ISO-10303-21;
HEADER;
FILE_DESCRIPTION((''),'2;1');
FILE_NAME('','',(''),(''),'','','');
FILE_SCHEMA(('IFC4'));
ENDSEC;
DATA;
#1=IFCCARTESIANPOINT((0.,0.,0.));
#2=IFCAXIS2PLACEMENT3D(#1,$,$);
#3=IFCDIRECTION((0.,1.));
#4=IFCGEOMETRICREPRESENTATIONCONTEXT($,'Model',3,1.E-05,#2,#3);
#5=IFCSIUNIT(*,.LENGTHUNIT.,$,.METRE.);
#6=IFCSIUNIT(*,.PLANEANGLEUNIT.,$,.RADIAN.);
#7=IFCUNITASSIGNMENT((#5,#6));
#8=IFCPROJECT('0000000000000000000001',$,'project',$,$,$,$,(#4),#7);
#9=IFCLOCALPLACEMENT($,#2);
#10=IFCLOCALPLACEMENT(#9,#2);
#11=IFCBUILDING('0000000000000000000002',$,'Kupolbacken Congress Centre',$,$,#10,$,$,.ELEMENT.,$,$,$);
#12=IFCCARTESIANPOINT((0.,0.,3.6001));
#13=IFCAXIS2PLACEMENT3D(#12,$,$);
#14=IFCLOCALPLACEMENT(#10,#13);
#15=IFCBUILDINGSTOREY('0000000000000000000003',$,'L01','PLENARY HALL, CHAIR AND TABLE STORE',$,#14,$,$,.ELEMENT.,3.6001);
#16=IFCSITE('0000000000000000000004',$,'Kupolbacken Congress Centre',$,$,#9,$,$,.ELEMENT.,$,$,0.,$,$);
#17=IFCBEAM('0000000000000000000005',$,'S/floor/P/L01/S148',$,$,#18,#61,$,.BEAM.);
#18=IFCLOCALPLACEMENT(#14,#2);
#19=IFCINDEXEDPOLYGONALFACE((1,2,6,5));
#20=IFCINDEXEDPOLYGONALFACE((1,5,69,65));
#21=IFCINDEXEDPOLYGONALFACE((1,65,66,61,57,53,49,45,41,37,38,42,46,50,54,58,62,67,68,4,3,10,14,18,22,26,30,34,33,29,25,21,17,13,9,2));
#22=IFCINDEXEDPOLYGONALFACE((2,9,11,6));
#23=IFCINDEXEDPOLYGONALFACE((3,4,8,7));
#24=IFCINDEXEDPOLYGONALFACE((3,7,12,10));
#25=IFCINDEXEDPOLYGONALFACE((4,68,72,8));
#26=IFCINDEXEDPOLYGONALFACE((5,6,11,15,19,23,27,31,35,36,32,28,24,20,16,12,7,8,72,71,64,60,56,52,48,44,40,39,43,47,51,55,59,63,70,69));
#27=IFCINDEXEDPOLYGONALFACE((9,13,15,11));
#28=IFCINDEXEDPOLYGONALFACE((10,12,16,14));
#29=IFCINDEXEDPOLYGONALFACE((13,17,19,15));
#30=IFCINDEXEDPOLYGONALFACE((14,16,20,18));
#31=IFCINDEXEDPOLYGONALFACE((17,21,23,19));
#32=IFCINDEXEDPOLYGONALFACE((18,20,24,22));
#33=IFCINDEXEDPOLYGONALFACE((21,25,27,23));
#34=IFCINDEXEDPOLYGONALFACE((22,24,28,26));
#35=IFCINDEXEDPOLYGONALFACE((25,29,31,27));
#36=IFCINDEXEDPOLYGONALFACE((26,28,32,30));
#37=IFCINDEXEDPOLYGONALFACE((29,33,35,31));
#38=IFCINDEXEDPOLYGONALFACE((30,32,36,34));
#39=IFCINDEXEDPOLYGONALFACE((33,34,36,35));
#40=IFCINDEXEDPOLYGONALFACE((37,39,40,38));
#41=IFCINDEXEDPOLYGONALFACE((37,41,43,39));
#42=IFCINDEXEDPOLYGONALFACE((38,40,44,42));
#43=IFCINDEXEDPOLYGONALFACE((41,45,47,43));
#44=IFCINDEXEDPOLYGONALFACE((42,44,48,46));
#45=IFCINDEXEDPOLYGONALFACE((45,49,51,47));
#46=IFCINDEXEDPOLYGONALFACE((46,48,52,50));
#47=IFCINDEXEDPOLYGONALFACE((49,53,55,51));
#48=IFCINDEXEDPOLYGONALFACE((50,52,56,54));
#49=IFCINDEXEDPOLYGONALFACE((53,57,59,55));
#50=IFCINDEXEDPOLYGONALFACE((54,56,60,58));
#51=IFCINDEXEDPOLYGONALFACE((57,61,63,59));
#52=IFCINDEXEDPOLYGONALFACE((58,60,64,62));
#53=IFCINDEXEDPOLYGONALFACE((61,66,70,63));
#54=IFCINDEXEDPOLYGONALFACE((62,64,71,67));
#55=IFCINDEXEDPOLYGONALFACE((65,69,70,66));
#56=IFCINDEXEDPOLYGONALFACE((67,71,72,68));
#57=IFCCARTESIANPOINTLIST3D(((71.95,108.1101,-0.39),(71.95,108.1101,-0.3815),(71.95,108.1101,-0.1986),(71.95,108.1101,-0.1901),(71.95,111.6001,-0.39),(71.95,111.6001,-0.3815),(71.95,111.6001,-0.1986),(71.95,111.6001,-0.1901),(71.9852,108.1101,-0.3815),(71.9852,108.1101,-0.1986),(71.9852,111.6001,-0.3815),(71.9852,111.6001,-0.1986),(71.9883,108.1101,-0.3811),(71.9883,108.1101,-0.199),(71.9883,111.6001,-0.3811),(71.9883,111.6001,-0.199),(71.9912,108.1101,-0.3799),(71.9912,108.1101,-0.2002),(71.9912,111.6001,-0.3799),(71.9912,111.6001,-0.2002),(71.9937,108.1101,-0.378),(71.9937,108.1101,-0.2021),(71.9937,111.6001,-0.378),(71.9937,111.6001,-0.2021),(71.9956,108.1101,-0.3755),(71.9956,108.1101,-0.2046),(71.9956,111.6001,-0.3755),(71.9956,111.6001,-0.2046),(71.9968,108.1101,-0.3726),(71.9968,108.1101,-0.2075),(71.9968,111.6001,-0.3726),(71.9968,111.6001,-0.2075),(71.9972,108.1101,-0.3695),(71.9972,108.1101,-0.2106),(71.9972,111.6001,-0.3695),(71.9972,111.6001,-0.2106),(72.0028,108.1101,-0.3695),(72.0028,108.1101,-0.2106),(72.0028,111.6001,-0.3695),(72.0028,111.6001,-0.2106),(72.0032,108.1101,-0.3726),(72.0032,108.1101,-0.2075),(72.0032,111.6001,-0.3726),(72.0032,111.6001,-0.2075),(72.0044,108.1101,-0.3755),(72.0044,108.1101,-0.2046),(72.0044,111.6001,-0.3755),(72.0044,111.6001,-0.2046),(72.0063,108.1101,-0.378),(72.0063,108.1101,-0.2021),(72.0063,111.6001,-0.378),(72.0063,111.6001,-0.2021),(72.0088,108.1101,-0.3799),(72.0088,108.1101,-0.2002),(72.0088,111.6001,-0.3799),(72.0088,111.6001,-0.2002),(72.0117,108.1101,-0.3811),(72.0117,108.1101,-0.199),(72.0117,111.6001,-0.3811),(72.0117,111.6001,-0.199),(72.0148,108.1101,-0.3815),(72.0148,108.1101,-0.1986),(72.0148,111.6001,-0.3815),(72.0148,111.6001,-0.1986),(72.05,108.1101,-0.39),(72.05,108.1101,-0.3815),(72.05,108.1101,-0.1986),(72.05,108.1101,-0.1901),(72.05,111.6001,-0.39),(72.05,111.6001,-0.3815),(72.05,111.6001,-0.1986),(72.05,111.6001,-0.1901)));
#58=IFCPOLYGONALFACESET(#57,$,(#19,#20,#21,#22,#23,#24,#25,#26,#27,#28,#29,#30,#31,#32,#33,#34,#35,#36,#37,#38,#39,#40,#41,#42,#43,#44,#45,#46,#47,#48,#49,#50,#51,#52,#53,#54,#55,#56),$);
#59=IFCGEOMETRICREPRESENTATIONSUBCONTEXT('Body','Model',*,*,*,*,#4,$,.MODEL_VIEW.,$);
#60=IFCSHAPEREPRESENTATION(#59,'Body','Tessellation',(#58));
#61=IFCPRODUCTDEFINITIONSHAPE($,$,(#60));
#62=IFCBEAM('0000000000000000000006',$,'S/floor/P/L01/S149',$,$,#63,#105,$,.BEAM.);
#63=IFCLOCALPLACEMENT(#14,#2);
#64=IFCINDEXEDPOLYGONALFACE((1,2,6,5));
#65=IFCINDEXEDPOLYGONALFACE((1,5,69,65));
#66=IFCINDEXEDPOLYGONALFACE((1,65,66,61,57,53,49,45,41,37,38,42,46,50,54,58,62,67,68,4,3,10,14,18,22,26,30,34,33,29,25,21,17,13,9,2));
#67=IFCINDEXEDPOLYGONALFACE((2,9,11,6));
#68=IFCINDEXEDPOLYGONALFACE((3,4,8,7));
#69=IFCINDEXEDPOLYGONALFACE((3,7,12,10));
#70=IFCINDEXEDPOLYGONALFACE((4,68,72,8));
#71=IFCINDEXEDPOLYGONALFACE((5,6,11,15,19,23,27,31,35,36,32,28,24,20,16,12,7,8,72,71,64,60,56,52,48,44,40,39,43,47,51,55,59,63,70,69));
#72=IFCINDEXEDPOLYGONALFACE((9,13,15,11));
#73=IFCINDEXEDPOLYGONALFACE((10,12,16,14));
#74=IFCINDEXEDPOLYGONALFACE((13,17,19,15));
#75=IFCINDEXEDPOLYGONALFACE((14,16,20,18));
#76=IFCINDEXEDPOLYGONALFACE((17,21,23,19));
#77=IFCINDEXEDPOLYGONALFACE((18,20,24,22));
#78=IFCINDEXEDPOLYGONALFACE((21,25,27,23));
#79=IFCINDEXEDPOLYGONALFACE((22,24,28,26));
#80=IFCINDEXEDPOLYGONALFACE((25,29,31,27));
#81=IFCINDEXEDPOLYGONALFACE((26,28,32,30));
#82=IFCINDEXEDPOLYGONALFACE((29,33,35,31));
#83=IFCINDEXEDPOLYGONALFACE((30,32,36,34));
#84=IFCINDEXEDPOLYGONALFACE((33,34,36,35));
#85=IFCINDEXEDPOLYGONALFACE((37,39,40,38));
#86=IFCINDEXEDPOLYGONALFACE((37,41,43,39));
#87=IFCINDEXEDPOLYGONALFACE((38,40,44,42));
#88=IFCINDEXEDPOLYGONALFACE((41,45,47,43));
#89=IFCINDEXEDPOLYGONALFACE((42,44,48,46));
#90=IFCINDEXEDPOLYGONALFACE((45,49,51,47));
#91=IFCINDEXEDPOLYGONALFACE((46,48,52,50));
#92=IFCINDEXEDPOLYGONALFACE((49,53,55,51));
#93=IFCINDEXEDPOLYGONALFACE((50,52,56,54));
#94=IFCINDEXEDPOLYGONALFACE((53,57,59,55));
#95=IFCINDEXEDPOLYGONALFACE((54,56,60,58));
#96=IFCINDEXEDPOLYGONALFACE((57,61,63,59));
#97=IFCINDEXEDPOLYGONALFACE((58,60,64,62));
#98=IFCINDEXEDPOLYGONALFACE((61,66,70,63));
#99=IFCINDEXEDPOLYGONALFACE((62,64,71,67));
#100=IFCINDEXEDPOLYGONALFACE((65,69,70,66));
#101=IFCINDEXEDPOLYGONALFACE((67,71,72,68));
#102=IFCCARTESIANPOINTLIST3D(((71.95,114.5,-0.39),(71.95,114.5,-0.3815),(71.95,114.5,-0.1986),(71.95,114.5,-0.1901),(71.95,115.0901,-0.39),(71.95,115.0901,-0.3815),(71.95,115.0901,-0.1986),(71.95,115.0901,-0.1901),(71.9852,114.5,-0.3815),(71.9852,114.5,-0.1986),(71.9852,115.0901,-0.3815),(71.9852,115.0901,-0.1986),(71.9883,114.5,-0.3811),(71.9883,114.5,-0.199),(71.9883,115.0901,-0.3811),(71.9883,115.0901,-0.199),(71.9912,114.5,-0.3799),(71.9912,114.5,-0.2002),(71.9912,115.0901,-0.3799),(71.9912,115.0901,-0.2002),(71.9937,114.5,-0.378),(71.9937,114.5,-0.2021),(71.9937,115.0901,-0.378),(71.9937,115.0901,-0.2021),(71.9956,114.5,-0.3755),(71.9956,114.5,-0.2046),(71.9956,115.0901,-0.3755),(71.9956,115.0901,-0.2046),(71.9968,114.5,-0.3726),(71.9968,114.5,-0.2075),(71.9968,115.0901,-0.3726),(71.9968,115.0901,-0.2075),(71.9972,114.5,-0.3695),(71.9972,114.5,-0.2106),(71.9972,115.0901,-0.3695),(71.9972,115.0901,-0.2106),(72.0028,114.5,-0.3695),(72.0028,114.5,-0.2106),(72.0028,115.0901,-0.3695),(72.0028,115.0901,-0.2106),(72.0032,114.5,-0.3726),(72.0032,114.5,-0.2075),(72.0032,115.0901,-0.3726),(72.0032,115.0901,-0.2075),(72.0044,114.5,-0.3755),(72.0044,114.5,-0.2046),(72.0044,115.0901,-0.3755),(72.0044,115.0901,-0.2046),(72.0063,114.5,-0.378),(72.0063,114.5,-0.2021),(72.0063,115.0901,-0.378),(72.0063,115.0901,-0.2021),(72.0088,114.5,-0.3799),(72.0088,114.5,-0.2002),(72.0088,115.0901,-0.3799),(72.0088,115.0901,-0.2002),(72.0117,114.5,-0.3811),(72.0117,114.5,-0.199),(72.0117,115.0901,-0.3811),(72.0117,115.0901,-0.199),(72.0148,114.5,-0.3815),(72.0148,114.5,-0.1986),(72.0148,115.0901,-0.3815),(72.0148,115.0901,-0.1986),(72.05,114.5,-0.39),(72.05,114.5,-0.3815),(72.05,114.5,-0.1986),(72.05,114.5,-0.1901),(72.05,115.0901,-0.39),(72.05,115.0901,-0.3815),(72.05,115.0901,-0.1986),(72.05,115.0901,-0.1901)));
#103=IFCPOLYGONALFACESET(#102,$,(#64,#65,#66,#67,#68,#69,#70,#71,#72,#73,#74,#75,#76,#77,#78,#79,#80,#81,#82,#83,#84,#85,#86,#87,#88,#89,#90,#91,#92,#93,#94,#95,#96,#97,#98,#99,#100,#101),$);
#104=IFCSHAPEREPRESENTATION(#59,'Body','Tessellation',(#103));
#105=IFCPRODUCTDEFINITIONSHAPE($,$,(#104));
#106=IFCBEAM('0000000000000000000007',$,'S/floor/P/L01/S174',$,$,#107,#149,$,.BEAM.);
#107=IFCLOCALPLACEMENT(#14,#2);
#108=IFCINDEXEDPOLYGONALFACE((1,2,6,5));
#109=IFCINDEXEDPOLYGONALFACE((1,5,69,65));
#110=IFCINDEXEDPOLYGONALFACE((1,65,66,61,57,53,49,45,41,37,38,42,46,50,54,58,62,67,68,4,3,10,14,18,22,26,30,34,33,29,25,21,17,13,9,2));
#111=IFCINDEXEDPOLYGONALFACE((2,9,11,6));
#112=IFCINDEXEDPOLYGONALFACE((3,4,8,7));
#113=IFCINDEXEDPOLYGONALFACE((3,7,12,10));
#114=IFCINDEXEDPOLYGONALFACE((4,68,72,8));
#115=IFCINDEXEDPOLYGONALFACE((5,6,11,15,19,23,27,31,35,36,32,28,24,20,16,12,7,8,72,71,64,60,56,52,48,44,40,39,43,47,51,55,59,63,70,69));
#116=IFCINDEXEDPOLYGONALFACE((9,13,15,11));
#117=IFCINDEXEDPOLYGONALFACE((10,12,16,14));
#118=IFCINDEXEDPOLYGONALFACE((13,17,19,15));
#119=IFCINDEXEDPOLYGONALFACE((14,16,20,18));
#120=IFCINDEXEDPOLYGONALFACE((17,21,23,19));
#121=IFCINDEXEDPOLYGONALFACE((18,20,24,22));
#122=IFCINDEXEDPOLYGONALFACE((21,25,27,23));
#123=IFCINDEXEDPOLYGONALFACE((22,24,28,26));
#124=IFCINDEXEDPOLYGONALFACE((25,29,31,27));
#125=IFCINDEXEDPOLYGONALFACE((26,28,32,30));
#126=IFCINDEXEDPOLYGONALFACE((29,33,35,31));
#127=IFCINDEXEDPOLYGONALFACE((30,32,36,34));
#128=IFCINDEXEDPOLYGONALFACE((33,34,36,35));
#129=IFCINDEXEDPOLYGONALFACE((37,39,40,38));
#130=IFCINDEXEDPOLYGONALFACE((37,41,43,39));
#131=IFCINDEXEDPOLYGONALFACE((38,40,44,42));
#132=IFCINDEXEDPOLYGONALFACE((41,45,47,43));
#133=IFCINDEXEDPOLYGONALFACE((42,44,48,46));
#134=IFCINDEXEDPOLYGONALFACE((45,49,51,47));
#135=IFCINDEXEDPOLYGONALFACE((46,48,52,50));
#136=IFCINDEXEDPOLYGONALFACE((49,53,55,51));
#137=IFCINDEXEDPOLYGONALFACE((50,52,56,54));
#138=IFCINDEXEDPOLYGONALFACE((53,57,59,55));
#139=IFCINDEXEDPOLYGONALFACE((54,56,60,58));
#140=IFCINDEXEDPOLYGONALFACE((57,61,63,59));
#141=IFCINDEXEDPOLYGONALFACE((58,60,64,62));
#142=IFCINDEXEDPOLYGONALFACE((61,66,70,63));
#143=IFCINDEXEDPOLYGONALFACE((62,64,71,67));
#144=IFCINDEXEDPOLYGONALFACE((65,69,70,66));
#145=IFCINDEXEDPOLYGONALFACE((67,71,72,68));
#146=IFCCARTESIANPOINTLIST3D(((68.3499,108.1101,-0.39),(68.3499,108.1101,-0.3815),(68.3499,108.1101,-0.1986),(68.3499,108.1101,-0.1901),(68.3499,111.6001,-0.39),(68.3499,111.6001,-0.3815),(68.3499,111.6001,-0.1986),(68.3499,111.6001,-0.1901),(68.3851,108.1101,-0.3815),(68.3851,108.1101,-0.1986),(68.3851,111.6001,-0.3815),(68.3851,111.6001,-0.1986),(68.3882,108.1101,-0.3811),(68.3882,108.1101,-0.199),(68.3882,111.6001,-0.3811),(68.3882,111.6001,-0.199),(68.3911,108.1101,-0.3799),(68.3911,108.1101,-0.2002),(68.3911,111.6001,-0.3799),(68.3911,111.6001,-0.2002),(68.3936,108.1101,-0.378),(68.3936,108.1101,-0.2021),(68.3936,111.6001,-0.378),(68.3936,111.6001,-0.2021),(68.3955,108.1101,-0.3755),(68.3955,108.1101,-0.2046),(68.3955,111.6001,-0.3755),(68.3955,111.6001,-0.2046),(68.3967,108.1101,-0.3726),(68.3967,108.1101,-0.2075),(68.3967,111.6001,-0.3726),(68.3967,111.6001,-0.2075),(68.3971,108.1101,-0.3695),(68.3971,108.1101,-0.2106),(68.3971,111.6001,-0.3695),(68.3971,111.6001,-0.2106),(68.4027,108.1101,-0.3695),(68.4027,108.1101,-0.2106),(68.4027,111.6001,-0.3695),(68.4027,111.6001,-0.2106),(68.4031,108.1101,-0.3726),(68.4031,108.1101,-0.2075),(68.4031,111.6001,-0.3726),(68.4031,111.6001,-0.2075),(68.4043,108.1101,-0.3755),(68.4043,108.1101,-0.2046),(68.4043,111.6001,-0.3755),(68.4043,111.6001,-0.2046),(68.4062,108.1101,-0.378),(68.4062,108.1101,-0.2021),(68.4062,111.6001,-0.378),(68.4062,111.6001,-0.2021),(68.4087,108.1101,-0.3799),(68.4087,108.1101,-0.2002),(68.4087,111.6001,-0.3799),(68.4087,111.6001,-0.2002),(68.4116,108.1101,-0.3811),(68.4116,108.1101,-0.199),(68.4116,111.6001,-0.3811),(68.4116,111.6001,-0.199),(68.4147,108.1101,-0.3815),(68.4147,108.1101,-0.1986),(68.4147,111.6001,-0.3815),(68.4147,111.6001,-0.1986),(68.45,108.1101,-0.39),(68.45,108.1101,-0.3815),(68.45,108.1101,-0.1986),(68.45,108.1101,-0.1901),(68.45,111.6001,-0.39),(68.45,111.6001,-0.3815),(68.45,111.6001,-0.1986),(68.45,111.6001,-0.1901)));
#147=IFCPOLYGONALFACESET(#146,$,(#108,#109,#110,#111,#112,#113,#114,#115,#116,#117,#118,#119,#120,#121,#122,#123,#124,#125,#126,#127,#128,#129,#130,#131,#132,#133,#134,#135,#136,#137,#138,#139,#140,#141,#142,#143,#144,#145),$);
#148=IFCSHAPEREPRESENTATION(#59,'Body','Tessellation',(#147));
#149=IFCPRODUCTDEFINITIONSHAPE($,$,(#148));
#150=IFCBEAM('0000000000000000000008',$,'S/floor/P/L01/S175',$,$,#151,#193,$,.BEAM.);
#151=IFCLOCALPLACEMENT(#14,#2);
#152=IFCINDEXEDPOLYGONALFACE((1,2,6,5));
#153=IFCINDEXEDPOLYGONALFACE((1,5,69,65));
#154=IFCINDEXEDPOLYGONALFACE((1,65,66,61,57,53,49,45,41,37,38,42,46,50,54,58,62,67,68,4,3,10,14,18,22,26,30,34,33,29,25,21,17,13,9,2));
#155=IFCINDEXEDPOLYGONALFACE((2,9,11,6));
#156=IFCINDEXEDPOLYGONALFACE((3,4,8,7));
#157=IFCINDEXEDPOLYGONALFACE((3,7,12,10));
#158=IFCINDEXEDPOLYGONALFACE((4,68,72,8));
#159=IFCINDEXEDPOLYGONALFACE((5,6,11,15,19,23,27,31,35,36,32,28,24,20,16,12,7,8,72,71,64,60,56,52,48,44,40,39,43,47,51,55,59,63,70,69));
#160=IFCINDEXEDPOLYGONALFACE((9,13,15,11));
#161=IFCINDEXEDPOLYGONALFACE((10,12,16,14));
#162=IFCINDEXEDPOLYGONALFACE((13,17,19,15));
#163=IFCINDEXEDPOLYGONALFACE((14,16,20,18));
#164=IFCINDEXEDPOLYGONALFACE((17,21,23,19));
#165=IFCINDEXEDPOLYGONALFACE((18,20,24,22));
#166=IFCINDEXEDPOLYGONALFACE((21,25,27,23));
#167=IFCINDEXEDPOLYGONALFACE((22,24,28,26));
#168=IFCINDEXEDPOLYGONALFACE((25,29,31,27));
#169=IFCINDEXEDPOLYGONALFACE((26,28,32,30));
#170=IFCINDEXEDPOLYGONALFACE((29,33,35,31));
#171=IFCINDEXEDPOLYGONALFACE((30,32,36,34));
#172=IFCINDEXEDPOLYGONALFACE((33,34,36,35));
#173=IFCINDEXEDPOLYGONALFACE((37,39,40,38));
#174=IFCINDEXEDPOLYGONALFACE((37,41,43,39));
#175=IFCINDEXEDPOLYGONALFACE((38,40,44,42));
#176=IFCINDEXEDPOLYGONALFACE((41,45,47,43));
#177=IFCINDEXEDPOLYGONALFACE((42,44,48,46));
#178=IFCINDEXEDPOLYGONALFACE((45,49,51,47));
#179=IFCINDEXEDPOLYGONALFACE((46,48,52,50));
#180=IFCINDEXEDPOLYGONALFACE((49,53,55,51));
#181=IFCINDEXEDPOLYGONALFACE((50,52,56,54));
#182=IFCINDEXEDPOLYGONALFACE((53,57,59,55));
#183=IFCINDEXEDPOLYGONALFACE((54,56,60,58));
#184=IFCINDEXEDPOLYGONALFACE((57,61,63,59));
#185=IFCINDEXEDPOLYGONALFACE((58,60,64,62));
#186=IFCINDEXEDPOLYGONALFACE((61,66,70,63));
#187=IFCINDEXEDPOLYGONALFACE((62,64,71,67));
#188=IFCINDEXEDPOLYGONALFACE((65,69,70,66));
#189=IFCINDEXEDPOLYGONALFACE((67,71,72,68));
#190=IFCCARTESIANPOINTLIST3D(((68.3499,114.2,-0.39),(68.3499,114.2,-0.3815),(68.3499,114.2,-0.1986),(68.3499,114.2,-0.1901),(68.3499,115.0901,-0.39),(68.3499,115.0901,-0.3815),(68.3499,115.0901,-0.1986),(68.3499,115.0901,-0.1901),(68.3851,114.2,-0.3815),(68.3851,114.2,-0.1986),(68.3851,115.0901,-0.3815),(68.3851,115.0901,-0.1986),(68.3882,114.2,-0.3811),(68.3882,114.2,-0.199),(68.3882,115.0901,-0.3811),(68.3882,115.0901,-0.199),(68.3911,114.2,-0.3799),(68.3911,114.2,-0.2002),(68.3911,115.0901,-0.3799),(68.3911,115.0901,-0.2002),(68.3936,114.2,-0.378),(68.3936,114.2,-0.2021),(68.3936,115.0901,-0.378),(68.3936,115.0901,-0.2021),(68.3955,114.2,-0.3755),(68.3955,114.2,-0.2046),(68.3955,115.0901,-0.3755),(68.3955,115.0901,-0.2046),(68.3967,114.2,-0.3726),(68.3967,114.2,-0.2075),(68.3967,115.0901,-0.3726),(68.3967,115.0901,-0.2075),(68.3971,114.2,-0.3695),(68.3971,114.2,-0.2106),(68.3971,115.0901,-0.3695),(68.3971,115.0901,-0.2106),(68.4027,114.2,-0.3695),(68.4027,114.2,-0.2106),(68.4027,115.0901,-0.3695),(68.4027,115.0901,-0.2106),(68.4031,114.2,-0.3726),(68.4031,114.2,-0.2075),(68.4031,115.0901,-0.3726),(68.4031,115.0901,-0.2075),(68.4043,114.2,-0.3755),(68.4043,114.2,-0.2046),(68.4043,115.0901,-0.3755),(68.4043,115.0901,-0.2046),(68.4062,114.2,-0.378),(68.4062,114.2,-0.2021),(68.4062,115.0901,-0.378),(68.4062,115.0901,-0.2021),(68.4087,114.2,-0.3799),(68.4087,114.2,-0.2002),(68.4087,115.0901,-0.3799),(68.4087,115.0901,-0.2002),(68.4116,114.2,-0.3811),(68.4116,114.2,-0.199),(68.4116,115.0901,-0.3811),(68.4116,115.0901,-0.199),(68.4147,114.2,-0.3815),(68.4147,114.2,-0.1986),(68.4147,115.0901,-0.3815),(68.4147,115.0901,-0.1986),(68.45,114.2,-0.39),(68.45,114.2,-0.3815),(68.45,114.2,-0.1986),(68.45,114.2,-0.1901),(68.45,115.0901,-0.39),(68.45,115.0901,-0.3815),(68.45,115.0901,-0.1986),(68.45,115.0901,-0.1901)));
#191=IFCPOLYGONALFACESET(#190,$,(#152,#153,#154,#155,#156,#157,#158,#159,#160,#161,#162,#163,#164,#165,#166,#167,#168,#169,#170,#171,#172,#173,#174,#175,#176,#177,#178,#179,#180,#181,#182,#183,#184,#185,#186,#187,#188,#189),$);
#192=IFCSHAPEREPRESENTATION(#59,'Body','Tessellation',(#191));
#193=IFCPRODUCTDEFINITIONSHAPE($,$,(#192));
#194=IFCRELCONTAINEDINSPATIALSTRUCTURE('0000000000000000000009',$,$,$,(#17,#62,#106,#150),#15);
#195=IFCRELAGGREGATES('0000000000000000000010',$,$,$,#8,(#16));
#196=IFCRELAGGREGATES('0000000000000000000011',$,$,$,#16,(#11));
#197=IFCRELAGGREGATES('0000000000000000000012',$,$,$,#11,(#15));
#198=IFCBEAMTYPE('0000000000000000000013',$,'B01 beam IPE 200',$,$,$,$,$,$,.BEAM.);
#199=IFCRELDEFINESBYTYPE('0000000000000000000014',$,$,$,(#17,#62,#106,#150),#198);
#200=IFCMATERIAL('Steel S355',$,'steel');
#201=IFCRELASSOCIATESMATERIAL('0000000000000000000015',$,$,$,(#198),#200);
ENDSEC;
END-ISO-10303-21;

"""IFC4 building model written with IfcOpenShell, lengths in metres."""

from ifc_helpers import new_model, si_unit, direction, frame, origin, origin_2d, place, context, subcontext, project, spatial, i_section, extrude, material, material_profile, profile_set, type_object, element, save


model = new_model("IFC4")

# Units and contexts
model_context = context("Model", 3, precision=1e-05, world=origin(), true_north=direction((0.0, 1.0)))
body_context = subcontext(model_context, "Body", "Model", "MODEL_VIEW")
ifc_project = project(units=[si_unit("LENGTHUNIT", "METRE"), si_unit("PLANEANGLEUNIT", "RADIAN")], contexts=[model_context])

# Site, building, storey
site_placement = place(None, origin())
site = spatial("IfcSite", under=ifc_project, at=site_placement, Name="Kupolbacken Congress Centre", CompositionType="ELEMENT", RefElevation=0.0)
building_placement = place(site_placement, origin())
building = spatial("IfcBuilding", under=site, at=building_placement, Name="Kupolbacken Congress Centre", CompositionType="ELEMENT")
storey_placement = place(building_placement, frame((0.0, 0.0, 3.6001)))
storey = spatial("IfcBuildingStorey", under=building, at=storey_placement, Name="L01", Description="PLENARY HALL, CHAIR AND TABLE STORE", CompositionType="ELEMENT", Elevation=3.6001)

# Beams
ifc_material_1 = material(Name="Steel S355", Category="steel")
ifc_material_profile_1 = material_profile(ifc_material_1, i_section(OverallWidth=0.1001, OverallDepth=0.2, WebThickness=0.0056, FlangeThickness=0.0085, FilletRadius=0.012, at=origin_2d()), Name="IPE 200")
ifc_profile_set_1 = profile_set([ifc_material_profile_1], Name="Steel S355")
beam_type_1 = type_object("IfcBeamType", Name="B01 beam IPE 200", PredefinedType="BEAM", material=ifc_profile_set_1)
beam_1_placement = place(storey_placement, frame((72.0, 108.1101, -0.29), z_axis=(0.0, 1.0, 0.0), x_axis=(-1.0, 0.0, 0.0)))
element("IfcBeam", 1, at=beam_1_placement, inside=storey, type_object=beam_type_1, Name="S/floor/P/L01/S148", PredefinedType="BEAM", context=body_context, shape_type="SweptSolid", body=[
    extrude(i_section(OverallWidth=0.1001, OverallDepth=0.2, WebThickness=0.0056, FlangeThickness=0.0085, FilletRadius=0.012, at=origin_2d()), origin(), (0.0, 0.0, 1.0), 3.49),
])
beam_2_placement = place(storey_placement, frame((72.0, 114.5, -0.29), z_axis=(0.0, 1.0, 0.0), x_axis=(-1.0, 0.0, 0.0)))
element("IfcBeam", 2, at=beam_2_placement, inside=storey, type_object=beam_type_1, Name="S/floor/P/L01/S149", PredefinedType="BEAM", context=body_context, shape_type="SweptSolid", body=[
    extrude(i_section(OverallWidth=0.1001, OverallDepth=0.2, WebThickness=0.0056, FlangeThickness=0.0085, FilletRadius=0.012, at=origin_2d()), origin(), (0.0, 0.0, 1.0), 0.5901),
])
beam_3_placement = place(storey_placement, frame((68.3999, 108.1101, -0.29), z_axis=(0.0, 1.0, 0.0), x_axis=(-1.0, 0.0, 0.0)))
element("IfcBeam", 3, at=beam_3_placement, inside=storey, type_object=beam_type_1, Name="S/floor/P/L01/S174", PredefinedType="BEAM", context=body_context, shape_type="SweptSolid", body=[
    extrude(i_section(OverallWidth=0.1001, OverallDepth=0.2, WebThickness=0.0056, FlangeThickness=0.0085, FilletRadius=0.012, at=origin_2d()), origin(), (0.0, 0.0, 1.0), 3.49),
])
beam_4_placement = place(storey_placement, frame((68.3999, 114.2, -0.29), z_axis=(0.0, 1.0, 0.0), x_axis=(-1.0, 0.0, 0.0)))
element("IfcBeam", 4, at=beam_4_placement, inside=storey, type_object=beam_type_1, Name="S/floor/P/L01/S175", PredefinedType="BEAM", context=body_context, shape_type="SweptSolid", body=[
    extrude(i_section(OverallWidth=0.1001, OverallDepth=0.2, WebThickness=0.0056, FlangeThickness=0.0085, FilletRadius=0.012, at=origin_2d()), origin(), (0.0, 0.0, 1.0), 0.8901),
])

save(model, "model.ifc")
